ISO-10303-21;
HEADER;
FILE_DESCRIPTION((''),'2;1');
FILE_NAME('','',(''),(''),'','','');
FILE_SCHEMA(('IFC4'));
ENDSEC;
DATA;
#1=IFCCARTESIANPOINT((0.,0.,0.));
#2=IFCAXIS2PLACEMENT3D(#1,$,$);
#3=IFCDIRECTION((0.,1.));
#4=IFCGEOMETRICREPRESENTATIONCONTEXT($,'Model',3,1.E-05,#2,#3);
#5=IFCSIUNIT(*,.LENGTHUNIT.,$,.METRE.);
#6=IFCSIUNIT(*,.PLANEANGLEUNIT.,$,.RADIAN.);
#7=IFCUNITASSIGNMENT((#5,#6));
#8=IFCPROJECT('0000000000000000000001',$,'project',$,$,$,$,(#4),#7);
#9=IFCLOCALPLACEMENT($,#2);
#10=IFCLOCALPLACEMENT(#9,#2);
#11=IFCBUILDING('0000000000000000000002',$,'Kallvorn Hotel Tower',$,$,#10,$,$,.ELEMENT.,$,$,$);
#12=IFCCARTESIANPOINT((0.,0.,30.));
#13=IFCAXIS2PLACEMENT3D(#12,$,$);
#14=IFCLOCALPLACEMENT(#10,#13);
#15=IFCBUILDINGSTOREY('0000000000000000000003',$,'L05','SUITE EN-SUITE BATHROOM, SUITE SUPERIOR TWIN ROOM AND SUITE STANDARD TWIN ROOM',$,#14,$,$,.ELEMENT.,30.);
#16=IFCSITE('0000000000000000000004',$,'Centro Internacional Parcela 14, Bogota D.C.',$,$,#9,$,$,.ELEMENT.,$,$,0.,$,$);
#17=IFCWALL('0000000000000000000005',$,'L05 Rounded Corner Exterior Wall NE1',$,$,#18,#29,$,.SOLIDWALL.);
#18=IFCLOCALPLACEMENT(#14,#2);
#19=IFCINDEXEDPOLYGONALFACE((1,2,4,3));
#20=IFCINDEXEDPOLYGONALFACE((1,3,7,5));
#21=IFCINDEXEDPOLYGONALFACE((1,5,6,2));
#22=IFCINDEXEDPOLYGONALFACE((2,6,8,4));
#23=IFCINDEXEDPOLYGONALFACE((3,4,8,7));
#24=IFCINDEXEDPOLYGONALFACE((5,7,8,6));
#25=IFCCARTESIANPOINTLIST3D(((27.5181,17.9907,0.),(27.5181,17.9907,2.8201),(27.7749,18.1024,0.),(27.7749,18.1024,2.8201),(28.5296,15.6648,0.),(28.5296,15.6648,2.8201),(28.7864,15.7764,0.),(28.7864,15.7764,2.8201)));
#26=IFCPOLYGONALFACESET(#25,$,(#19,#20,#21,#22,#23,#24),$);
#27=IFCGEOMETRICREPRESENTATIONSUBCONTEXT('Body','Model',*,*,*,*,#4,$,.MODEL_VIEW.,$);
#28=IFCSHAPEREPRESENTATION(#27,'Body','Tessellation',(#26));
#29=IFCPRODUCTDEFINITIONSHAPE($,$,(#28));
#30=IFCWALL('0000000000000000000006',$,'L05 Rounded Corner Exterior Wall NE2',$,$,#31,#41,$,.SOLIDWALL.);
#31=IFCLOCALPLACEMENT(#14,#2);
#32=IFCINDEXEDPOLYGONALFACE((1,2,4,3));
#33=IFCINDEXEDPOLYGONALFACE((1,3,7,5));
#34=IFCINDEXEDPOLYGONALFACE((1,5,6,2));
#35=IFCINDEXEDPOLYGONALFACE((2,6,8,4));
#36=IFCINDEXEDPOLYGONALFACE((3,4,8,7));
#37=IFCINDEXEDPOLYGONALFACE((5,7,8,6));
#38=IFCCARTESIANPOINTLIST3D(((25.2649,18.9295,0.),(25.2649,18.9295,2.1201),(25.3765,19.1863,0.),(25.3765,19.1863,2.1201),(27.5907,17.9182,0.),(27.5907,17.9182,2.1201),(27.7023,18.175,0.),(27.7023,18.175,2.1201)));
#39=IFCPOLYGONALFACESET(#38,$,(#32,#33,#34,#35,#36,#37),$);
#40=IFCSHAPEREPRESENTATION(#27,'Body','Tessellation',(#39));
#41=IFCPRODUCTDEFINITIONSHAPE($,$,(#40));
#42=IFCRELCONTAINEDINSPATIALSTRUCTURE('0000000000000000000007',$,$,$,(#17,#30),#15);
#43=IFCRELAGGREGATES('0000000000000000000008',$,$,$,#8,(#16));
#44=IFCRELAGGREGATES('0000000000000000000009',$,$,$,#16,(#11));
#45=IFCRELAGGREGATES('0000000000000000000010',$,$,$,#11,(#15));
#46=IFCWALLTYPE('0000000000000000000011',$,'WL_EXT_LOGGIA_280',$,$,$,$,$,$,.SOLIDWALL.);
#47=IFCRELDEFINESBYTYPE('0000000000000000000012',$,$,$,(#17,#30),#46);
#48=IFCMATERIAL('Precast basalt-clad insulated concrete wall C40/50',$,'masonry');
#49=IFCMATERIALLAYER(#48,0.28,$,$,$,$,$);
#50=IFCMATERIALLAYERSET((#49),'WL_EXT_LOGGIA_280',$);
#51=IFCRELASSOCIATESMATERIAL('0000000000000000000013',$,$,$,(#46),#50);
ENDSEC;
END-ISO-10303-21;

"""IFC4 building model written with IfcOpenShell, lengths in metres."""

from ifc_helpers import new_model, si_unit, direction, frame, frame_2d, origin, place, context, subcontext, project, spatial, rectangle, extrude, material, layer, layer_set, type_object, element, save


model = new_model("IFC4")

# Units and contexts
model_context = context("Model", 3, precision=1e-05, world=origin(), true_north=direction((0.0, 1.0)))
body_context = subcontext(model_context, "Body", "Model", "MODEL_VIEW")
ifc_project = project(units=[si_unit("LENGTHUNIT", "METRE"), si_unit("PLANEANGLEUNIT", "RADIAN")], contexts=[model_context])

# Site, building, storey
site_placement = place(None, origin())
site = spatial("IfcSite", under=ifc_project, at=site_placement, Name="Centro Internacional Parcela 14, Bogota D.C.", CompositionType="ELEMENT", RefElevation=0.0)
building_placement = place(site_placement, origin())
building = spatial("IfcBuilding", under=site, at=building_placement, Name="Kallvorn Hotel Tower", CompositionType="ELEMENT")
storey_placement = place(building_placement, frame((0.0, 0.0, 30.0)))
storey = spatial("IfcBuildingStorey", under=building, at=storey_placement, Name="L05", Description="SUITE EN-SUITE BATHROOM, SUITE SUPERIOR TWIN ROOM AND SUITE STANDARD TWIN ROOM", CompositionType="ELEMENT", Elevation=30.0)

# Walls
ifc_material_1 = material(Name="Precast basalt-clad insulated concrete wall C40/50", Category="masonry")
ifc_layer_1 = layer(ifc_material_1, 0.28)
ifc_layer_set_1 = layer_set([ifc_layer_1], Name="WL_EXT_LOGGIA_280")
wall_type_1 = type_object("IfcWallType", Name="WL_EXT_LOGGIA_280", PredefinedType="SOLIDWALL", material=ifc_layer_set_1)
wall_1_placement = place(storey_placement, frame((28.658, 15.7207, 0.0), z_axis=(0.0, 0.0, 1.0), x_axis=(-0.398793, 0.917041, 0.0)))
element("IfcWall", 1, at=wall_1_placement, inside=storey, type_object=wall_type_1, Name="L05 Rounded Corner Exterior Wall NE1", PredefinedType="SOLIDWALL", context=body_context, shape_type="SweptSolid", body=[
    extrude(rectangle(XDim=2.5364, YDim=0.28, at=frame_2d((1.2681, 0.0))), origin(), (0.0, 0.0, 1.0), 2.8201),
])
wall_2_placement = place(storey_placement, frame((27.6465, 18.0466, 0.0), z_axis=(0.0, 0.0, 1.0), x_axis=(-0.917061, 0.398747, 0.0)))
element("IfcWall", 2, at=wall_2_placement, inside=storey, type_object=wall_type_1, Name="L05 Rounded Corner Exterior Wall NE2", PredefinedType="SOLIDWALL", context=body_context, shape_type="SweptSolid", body=[
    extrude(rectangle(XDim=2.5361, YDim=0.28, at=frame_2d((1.2681, 0.0))), origin(), (0.0, 0.0, 1.0), 2.1201),
])

save(model, "model.ifc")
